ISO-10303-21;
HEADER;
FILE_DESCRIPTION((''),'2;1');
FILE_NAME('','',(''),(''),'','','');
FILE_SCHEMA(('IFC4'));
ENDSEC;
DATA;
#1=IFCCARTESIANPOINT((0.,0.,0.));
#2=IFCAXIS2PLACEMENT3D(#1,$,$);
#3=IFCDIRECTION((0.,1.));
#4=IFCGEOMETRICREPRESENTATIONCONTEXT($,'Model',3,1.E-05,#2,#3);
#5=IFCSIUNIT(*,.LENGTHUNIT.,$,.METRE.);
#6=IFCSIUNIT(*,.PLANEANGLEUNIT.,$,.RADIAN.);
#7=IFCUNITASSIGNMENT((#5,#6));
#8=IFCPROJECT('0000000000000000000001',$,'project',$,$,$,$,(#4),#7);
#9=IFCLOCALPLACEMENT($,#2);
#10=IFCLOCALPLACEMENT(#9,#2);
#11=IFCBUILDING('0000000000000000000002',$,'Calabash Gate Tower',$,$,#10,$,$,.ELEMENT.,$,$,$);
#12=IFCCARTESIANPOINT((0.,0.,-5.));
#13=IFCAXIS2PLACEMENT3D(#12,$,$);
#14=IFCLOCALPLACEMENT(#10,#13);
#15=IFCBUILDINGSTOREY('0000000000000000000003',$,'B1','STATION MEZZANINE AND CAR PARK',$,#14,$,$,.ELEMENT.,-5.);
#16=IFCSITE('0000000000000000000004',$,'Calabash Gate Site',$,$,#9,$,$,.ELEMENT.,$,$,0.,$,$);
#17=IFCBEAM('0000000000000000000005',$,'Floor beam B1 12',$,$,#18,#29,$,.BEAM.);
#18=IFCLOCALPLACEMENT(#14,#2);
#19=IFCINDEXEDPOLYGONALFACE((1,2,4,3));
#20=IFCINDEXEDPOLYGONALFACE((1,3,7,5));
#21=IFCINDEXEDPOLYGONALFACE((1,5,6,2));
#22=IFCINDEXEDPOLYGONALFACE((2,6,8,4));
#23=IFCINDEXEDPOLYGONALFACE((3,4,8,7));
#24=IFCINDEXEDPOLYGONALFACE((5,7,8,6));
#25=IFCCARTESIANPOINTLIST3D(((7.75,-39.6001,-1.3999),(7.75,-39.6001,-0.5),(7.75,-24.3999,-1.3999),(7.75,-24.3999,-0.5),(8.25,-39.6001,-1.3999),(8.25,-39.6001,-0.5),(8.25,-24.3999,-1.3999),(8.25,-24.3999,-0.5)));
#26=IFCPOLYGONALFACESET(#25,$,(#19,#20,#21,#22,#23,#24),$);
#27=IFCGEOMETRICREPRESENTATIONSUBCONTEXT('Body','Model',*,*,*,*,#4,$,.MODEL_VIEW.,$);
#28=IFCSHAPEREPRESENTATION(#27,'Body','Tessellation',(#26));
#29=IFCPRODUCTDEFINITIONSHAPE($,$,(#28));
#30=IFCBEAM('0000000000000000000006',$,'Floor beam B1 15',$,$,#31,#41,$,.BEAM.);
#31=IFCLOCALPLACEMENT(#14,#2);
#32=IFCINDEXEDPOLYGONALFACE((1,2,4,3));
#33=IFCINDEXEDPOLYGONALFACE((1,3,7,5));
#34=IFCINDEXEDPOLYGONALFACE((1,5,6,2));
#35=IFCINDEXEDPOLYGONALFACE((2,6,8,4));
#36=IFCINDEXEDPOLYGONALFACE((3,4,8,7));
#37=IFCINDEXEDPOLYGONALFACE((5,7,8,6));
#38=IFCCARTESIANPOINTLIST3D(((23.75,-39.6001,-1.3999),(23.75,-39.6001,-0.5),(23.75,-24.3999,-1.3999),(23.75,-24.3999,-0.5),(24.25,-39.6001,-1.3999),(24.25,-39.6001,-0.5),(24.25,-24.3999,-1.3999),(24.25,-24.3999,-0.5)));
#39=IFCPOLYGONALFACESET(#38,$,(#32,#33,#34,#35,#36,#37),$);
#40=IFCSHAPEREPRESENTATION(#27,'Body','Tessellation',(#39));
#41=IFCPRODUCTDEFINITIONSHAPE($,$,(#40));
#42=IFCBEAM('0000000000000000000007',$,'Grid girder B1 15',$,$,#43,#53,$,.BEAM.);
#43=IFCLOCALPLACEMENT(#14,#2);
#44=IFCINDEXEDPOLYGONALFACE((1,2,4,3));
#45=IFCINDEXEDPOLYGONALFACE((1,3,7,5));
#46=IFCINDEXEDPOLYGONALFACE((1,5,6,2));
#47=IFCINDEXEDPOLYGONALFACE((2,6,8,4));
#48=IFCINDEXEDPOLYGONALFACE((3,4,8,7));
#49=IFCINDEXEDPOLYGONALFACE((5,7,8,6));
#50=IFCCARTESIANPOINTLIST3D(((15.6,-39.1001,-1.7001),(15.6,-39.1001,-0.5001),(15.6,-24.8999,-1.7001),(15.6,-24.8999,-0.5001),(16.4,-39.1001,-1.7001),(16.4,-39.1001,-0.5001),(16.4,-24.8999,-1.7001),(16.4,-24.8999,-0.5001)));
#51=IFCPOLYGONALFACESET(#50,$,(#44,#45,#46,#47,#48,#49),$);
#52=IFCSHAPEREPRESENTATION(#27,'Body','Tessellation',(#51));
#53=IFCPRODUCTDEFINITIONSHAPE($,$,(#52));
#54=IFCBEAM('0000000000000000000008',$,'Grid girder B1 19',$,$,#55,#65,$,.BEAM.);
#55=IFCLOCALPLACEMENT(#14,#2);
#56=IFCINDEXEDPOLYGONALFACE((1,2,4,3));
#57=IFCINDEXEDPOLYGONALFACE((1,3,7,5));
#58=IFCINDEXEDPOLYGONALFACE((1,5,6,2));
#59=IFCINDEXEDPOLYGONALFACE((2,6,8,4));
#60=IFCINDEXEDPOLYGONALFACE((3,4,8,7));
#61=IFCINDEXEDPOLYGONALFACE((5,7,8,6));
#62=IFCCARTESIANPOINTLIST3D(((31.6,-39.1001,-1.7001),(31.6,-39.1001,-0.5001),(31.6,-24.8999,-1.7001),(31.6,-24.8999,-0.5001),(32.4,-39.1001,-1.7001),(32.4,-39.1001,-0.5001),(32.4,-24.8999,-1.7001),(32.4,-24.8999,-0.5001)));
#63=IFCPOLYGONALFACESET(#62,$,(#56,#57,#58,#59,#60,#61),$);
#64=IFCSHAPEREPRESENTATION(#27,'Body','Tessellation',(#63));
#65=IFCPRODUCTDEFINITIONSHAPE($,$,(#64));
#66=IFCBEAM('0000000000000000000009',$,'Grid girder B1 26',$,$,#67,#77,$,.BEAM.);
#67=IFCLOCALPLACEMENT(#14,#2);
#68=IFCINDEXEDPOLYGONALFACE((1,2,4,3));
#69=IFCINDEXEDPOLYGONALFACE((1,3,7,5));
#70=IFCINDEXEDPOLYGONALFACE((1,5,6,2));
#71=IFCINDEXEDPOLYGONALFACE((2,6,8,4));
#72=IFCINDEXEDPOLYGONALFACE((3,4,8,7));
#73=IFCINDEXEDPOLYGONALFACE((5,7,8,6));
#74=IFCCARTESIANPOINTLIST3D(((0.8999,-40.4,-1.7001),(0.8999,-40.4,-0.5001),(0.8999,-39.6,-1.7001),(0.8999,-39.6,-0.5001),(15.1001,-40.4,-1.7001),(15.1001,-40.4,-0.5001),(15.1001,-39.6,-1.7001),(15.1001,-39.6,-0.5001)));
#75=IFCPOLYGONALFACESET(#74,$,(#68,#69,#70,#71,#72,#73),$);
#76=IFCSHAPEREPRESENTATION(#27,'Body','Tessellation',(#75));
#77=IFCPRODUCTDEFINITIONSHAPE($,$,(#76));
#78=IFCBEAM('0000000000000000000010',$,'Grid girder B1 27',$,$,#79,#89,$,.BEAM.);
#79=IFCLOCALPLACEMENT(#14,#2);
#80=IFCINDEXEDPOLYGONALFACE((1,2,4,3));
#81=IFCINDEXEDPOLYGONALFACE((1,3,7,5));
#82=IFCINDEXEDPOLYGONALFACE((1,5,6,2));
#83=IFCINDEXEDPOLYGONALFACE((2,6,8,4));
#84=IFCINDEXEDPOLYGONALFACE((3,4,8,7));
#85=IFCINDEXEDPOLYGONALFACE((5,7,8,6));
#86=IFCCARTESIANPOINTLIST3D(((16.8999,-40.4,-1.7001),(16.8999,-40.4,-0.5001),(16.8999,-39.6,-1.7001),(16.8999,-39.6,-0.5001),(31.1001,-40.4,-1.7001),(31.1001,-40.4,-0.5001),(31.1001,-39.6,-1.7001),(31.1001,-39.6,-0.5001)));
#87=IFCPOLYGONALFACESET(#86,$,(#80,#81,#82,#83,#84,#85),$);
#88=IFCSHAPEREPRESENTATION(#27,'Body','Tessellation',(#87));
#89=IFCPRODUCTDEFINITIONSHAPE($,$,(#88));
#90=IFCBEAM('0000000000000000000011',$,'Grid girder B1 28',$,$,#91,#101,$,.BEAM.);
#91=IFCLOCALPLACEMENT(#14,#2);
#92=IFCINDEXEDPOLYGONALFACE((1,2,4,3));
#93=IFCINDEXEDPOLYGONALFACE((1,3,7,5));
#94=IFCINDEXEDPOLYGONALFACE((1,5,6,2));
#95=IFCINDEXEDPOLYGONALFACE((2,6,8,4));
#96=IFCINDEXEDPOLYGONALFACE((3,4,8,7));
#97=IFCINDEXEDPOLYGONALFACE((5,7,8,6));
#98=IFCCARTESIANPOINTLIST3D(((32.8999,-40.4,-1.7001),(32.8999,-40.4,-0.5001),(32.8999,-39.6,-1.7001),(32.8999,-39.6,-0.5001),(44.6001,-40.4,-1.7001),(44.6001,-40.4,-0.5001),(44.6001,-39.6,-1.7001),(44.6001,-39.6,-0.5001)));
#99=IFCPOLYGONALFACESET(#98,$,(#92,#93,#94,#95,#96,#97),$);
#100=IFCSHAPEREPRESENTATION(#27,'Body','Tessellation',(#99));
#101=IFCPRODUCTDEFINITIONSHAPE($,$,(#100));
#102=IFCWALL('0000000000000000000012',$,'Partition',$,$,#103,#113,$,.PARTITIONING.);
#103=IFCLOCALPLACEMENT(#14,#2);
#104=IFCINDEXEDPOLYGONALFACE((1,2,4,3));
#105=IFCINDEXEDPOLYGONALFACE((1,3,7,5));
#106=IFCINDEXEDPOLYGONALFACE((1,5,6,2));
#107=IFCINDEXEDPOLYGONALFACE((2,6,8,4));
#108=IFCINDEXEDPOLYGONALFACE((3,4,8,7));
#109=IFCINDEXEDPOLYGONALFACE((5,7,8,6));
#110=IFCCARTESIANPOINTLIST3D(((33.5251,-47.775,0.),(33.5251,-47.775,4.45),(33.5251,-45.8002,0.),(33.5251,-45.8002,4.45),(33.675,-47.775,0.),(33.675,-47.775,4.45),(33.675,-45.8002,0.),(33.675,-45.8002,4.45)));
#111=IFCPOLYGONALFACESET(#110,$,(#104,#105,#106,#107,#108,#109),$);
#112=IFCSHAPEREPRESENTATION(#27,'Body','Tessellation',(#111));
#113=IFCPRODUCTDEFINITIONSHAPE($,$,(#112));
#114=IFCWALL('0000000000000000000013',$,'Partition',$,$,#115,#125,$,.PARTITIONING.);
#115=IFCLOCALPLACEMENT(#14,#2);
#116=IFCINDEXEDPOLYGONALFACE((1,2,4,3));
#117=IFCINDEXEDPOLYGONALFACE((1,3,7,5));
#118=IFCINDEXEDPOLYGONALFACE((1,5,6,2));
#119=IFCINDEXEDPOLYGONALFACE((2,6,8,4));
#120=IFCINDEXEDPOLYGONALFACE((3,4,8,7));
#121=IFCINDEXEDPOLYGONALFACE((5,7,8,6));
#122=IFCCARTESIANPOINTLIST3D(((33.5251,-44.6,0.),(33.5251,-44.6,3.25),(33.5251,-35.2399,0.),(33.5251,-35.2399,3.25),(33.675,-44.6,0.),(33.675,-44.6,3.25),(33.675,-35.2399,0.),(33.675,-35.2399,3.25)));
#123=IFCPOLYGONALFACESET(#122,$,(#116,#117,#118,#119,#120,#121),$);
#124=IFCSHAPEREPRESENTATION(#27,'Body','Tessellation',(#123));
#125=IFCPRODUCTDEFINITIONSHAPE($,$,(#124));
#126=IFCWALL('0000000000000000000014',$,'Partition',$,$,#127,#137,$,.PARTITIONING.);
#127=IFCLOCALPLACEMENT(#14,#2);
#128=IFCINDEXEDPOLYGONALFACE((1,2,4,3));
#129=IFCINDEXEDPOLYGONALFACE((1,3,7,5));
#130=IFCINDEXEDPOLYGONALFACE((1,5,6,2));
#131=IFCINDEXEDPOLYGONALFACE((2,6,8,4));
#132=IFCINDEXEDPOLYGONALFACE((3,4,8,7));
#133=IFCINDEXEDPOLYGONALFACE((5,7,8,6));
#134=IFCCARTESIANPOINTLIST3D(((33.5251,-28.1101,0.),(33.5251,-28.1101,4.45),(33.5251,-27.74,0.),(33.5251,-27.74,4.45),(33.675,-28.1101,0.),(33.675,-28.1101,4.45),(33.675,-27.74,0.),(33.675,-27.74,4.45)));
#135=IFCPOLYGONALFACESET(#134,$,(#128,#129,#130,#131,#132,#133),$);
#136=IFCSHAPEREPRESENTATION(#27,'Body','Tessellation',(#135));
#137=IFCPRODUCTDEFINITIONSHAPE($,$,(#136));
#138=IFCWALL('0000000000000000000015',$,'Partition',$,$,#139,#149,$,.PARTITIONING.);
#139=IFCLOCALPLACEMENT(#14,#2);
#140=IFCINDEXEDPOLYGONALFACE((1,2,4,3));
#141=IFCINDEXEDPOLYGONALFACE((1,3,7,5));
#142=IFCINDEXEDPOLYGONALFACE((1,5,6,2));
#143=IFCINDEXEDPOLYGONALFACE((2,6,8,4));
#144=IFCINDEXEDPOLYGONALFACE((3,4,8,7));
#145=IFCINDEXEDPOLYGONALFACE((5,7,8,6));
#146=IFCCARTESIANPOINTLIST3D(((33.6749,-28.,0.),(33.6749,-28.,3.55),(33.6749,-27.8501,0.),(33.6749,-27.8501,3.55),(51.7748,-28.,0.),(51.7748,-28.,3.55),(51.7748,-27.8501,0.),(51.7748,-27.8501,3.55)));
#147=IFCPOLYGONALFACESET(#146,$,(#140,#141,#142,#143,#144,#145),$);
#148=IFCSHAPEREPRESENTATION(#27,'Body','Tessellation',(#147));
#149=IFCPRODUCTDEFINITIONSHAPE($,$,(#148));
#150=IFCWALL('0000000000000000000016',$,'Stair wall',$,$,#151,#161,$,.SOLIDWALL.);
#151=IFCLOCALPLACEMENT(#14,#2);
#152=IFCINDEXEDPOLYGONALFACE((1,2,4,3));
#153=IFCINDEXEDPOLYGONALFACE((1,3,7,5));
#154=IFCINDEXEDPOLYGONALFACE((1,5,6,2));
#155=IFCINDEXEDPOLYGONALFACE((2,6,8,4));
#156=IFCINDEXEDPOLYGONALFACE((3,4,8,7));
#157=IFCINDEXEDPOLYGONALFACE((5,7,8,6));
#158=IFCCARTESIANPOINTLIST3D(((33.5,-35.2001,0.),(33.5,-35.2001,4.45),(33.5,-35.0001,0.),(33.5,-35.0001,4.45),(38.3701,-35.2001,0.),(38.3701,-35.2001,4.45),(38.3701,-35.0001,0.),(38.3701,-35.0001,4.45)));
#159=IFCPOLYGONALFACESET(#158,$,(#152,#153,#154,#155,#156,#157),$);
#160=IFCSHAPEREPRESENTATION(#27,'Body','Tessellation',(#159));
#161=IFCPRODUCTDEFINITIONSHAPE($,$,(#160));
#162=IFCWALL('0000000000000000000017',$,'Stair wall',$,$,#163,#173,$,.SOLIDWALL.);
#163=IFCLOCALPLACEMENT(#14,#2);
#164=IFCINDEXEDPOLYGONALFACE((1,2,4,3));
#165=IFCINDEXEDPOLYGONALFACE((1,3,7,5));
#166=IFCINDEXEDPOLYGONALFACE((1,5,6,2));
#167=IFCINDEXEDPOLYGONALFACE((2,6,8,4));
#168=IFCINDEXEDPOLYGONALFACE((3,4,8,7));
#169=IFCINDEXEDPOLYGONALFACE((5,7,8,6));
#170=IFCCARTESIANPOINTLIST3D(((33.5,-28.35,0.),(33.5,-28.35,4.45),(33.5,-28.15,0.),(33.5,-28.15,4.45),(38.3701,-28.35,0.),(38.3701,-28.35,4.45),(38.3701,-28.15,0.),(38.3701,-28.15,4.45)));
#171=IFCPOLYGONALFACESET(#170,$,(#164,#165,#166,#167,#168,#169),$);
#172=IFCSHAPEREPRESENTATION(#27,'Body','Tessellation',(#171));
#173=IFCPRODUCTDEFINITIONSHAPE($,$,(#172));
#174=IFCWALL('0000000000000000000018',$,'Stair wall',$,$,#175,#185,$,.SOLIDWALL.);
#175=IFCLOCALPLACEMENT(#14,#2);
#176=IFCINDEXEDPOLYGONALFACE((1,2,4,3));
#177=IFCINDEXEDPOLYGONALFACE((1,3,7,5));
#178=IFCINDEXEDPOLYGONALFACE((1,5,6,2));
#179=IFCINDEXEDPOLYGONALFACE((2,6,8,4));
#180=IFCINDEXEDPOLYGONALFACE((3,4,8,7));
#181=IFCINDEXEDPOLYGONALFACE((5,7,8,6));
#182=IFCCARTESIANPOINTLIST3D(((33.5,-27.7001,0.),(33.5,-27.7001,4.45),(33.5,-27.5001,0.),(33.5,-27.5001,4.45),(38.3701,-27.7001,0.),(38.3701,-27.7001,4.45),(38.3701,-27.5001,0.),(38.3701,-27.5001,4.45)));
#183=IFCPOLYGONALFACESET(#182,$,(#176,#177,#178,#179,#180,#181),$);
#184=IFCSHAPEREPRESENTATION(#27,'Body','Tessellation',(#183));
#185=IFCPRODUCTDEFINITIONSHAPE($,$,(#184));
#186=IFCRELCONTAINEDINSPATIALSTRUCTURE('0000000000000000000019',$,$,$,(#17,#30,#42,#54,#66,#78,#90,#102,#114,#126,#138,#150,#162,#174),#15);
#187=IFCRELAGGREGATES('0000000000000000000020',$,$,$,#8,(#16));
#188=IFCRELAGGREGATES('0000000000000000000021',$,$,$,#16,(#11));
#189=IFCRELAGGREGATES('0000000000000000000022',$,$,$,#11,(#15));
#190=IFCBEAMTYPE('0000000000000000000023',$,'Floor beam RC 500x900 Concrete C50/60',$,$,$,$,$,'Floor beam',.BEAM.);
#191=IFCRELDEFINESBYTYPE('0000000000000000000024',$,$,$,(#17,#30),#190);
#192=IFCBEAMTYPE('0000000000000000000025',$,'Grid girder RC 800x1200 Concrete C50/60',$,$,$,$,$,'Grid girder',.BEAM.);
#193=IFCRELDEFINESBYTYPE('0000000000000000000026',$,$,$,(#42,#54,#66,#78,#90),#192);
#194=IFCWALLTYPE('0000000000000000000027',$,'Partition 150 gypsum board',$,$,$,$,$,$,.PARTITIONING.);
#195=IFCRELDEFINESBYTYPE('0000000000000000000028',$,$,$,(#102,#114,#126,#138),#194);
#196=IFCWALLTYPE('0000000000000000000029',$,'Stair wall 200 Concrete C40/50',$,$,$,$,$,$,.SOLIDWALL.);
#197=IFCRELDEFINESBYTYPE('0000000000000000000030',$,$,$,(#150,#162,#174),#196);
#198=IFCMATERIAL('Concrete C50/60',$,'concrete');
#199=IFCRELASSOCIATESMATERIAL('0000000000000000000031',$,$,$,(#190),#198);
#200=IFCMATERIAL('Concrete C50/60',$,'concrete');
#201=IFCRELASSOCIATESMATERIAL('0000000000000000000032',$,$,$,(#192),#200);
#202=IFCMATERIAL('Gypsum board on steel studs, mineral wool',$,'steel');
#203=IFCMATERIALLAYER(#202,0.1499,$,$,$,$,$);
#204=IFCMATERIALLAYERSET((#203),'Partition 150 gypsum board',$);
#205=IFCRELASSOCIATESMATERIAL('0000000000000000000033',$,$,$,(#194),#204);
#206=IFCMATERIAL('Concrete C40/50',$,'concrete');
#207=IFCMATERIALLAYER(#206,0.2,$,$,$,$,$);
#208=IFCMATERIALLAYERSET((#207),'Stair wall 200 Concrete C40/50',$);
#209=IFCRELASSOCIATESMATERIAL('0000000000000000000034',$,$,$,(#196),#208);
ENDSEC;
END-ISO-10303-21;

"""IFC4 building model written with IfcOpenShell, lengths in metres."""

from ifc_helpers import new_model, si_unit, direction, frame, frame_2d, origin, origin_2d, place, context, subcontext, project, spatial, rectangle, extrude, material, layer, layer_set, material_profile, profile_set, type_object, element, save


model = new_model("IFC4")

# Units and contexts
model_context = context("Model", 3, precision=1e-05, world=origin(), true_north=direction((0.0, 1.0)))
body_context = subcontext(model_context, "Body", "Model", "MODEL_VIEW")
ifc_project = project(units=[si_unit("LENGTHUNIT", "METRE"), si_unit("PLANEANGLEUNIT", "RADIAN")], contexts=[model_context])

# Site, building, storey
site_placement = place(None, origin())
site = spatial("IfcSite", under=ifc_project, at=site_placement, Name="Calabash Gate Site", CompositionType="ELEMENT", RefElevation=0.0)
building_placement = place(site_placement, origin())
building = spatial("IfcBuilding", under=site, at=building_placement, Name="Calabash Gate Tower", CompositionType="ELEMENT")
storey_placement = place(building_placement, frame((0.0, 0.0, -5.0)))
storey = spatial("IfcBuildingStorey", under=building, at=storey_placement, Name="B1", Description="STATION MEZZANINE AND CAR PARK", CompositionType="ELEMENT", Elevation=-5.0)

# Beams
ifc_material_1 = material(Name="Concrete C50/60", Category="concrete")
ifc_material_profile_1 = material_profile(ifc_material_1, rectangle(XDim=0.5, YDim=0.8999, at=origin_2d()))
ifc_profile_set_1 = profile_set([ifc_material_profile_1], Name="Concrete C50/60")
beam_type_1 = type_object("IfcBeamType", Name="Floor beam RC 500x900 Concrete C50/60", ElementType="Floor beam", PredefinedType="BEAM", material=ifc_profile_set_1)
for number, where, z_axis, x_axis, name in (
    (1, (8.0, -39.6001, -0.95), (0.0, 1.0, 0.0), (-1.0, 0.0, 0.0), "Floor beam B1 12"),
    (2, (24.0, -39.6001, -0.95), (0.0, 1.0, 0.0), (-1.0, 0.0, 0.0), "Floor beam B1 15"),
):
    element("IfcBeam", number, at=place(storey_placement, frame(where, z_axis=z_axis, x_axis=x_axis)), inside=storey, type_object=beam_type_1, Name=name, PredefinedType="BEAM", context=body_context, shape_type="SweptSolid", body=[
        extrude(rectangle(XDim=0.5, YDim=0.8999, at=origin_2d()), origin(), (0.0, 0.0, 1.0), 15.2002),
    ])
ifc_material_2 = material(Name="Concrete C50/60", Category="concrete")
ifc_material_profile_2 = material_profile(ifc_material_2, rectangle(XDim=0.8, YDim=1.2, at=origin_2d()))
ifc_profile_set_2 = profile_set([ifc_material_profile_2], Name="Concrete C50/60")
beam_type_2 = type_object("IfcBeamType", Name="Grid girder RC 800x1200 Concrete C50/60", ElementType="Grid girder", PredefinedType="BEAM", material=ifc_profile_set_2)
for number, where, z_axis, x_axis, name in (
    (3, (16.0, -39.1001, -1.1001), (0.0, 1.0, 0.0), (-1.0, 0.0, 0.0), "Grid girder B1 15"),
    (4, (32.0, -39.1001, -1.1001), (0.0, 1.0, 0.0), (-1.0, 0.0, 0.0), "Grid girder B1 19"),
    (5, (0.8999, -40.0, -1.1001), (1.0, 0.0, 0.0), (0.0, 1.0, 0.0), "Grid girder B1 26"),
    (6, (16.8999, -40.0, -1.1001), (1.0, 0.0, 0.0), (0.0, 1.0, 0.0), "Grid girder B1 27"),
):
    element("IfcBeam", number, at=place(storey_placement, frame(where, z_axis=z_axis, x_axis=x_axis)), inside=storey, type_object=beam_type_2, Name=name, PredefinedType="BEAM", context=body_context, shape_type="SweptSolid", body=[
        extrude(rectangle(XDim=0.8, YDim=1.2, at=origin_2d()), origin(), (0.0, 0.0, 1.0), 14.2002),
    ])
beam_1_placement = place(storey_placement, frame((32.8999, -40.0, -1.1001), z_axis=(1.0, 0.0, 0.0), x_axis=(0.0, 1.0, 0.0)))
element("IfcBeam", 7, at=beam_1_placement, inside=storey, type_object=beam_type_2, Name="Grid girder B1 28", PredefinedType="BEAM", context=body_context, shape_type="SweptSolid", body=[
    extrude(rectangle(XDim=0.8, YDim=1.2, at=origin_2d()), origin(), (0.0, 0.0, 1.0), 11.7002),
])

# Walls
ifc_material_3 = material(Name="Gypsum board on steel studs, mineral wool", Category="steel")
ifc_layer_1 = layer(ifc_material_3, 0.1499)
ifc_layer_set_1 = layer_set([ifc_layer_1], Name="Partition 150 gypsum board")
wall_type_1 = type_object("IfcWallType", Name="Partition 150 gypsum board", PredefinedType="PARTITIONING", material=ifc_layer_set_1)
wall_1_placement = place(storey_placement, frame((33.6001, -47.7749, 0.0), z_axis=(0.0, 0.0, 1.0), x_axis=(0.0, 1.0, 0.0)))
element("IfcWall", 8, at=wall_1_placement, inside=storey, type_object=wall_type_1, Name="Partition", PredefinedType="PARTITIONING", context=body_context, shape_type="SweptSolid", body=[
    extrude(rectangle(XDim=1.9749, YDim=0.1499, at=frame_2d((0.9873, 0.0))), origin(), (0.0, 0.0, 1.0), 4.45),
])
wall_2_placement = place(storey_placement, frame((33.6001, -44.6001, 0.0), z_axis=(0.0, 0.0, 1.0), x_axis=(0.0, 1.0, 0.0)))
element("IfcWall", 9, at=wall_2_placement, inside=storey, type_object=wall_type_1, Name="Partition", PredefinedType="PARTITIONING", context=body_context, shape_type="SweptSolid", body=[
    extrude(rectangle(XDim=9.3601, YDim=0.1499, at=frame_2d((4.6802, 0.0))), origin(), (0.0, 0.0, 1.0), 3.25),
])
wall_3_placement = place(storey_placement, frame((33.6001, -28.1101, 0.0), z_axis=(0.0, 0.0, 1.0), x_axis=(0.0, 1.0, 0.0)))
element("IfcWall", 10, at=wall_3_placement, inside=storey, type_object=wall_type_1, Name="Partition", PredefinedType="PARTITIONING", context=body_context, shape_type="SweptSolid", body=[
    extrude(rectangle(XDim=0.3701, YDim=0.1499, at=frame_2d((0.1851, 0.0))), origin(), (0.0, 0.0, 1.0), 4.45),
])
wall_4_placement = place(storey_placement, frame((33.675, -27.925, 0.0), z_axis=(0.0, 0.0, 1.0), x_axis=(1.0, 0.0, 0.0)))
element("IfcWall", 11, at=wall_4_placement, inside=storey, type_object=wall_type_1, Name="Partition", PredefinedType="PARTITIONING", context=body_context, shape_type="SweptSolid", body=[
    extrude(rectangle(XDim=18.0999, YDim=0.1499, at=frame_2d((9.0498, 0.0))), origin(), (0.0, 0.0, 1.0), 3.55),
])
ifc_material_4 = material(Name="Concrete C40/50", Category="concrete")
ifc_layer_2 = layer(ifc_material_4, 0.2)
ifc_layer_set_2 = layer_set([ifc_layer_2], Name="Stair wall 200 Concrete C40/50")
wall_type_2 = type_object("IfcWallType", Name="Stair wall 200 Concrete C40/50", PredefinedType="SOLIDWALL", material=ifc_layer_set_2)
for number, where, z_axis, x_axis, name in (
    (12, (33.5, -35.1001, 0.0), (0.0, 0.0, 1.0), (1.0, 0.0, 0.0), "Stair wall"),
    (13, (33.5, -28.25, 0.0), (0.0, 0.0, 1.0), (1.0, 0.0, 0.0), "Stair wall"),
):
    element("IfcWall", number, at=place(storey_placement, frame(where, z_axis=z_axis, x_axis=x_axis)), inside=storey, type_object=wall_type_2, Name=name, PredefinedType="SOLIDWALL", context=body_context, shape_type="SweptSolid", body=[
        extrude(rectangle(XDim=4.8701, YDim=0.2, at=frame_2d((2.4351, 0.0))), origin(), (0.0, 0.0, 1.0), 4.45),
    ])

# Wall
wall_5_placement = place(storey_placement, frame((33.5, -27.6001, 0.0), z_axis=(0.0, 0.0, 1.0), x_axis=(1.0, 0.0, 0.0)))
element("IfcWall", 14, at=wall_5_placement, inside=storey, type_object=wall_type_2, Name="Stair wall", PredefinedType="SOLIDWALL", context=body_context, shape_type="SweptSolid", body=[
    extrude(rectangle(XDim=4.8701, YDim=0.2, at=frame_2d((2.4351, 0.0))), origin(), (0.0, 0.0, 1.0), 4.45),
])

save(model, "model.ifc")
